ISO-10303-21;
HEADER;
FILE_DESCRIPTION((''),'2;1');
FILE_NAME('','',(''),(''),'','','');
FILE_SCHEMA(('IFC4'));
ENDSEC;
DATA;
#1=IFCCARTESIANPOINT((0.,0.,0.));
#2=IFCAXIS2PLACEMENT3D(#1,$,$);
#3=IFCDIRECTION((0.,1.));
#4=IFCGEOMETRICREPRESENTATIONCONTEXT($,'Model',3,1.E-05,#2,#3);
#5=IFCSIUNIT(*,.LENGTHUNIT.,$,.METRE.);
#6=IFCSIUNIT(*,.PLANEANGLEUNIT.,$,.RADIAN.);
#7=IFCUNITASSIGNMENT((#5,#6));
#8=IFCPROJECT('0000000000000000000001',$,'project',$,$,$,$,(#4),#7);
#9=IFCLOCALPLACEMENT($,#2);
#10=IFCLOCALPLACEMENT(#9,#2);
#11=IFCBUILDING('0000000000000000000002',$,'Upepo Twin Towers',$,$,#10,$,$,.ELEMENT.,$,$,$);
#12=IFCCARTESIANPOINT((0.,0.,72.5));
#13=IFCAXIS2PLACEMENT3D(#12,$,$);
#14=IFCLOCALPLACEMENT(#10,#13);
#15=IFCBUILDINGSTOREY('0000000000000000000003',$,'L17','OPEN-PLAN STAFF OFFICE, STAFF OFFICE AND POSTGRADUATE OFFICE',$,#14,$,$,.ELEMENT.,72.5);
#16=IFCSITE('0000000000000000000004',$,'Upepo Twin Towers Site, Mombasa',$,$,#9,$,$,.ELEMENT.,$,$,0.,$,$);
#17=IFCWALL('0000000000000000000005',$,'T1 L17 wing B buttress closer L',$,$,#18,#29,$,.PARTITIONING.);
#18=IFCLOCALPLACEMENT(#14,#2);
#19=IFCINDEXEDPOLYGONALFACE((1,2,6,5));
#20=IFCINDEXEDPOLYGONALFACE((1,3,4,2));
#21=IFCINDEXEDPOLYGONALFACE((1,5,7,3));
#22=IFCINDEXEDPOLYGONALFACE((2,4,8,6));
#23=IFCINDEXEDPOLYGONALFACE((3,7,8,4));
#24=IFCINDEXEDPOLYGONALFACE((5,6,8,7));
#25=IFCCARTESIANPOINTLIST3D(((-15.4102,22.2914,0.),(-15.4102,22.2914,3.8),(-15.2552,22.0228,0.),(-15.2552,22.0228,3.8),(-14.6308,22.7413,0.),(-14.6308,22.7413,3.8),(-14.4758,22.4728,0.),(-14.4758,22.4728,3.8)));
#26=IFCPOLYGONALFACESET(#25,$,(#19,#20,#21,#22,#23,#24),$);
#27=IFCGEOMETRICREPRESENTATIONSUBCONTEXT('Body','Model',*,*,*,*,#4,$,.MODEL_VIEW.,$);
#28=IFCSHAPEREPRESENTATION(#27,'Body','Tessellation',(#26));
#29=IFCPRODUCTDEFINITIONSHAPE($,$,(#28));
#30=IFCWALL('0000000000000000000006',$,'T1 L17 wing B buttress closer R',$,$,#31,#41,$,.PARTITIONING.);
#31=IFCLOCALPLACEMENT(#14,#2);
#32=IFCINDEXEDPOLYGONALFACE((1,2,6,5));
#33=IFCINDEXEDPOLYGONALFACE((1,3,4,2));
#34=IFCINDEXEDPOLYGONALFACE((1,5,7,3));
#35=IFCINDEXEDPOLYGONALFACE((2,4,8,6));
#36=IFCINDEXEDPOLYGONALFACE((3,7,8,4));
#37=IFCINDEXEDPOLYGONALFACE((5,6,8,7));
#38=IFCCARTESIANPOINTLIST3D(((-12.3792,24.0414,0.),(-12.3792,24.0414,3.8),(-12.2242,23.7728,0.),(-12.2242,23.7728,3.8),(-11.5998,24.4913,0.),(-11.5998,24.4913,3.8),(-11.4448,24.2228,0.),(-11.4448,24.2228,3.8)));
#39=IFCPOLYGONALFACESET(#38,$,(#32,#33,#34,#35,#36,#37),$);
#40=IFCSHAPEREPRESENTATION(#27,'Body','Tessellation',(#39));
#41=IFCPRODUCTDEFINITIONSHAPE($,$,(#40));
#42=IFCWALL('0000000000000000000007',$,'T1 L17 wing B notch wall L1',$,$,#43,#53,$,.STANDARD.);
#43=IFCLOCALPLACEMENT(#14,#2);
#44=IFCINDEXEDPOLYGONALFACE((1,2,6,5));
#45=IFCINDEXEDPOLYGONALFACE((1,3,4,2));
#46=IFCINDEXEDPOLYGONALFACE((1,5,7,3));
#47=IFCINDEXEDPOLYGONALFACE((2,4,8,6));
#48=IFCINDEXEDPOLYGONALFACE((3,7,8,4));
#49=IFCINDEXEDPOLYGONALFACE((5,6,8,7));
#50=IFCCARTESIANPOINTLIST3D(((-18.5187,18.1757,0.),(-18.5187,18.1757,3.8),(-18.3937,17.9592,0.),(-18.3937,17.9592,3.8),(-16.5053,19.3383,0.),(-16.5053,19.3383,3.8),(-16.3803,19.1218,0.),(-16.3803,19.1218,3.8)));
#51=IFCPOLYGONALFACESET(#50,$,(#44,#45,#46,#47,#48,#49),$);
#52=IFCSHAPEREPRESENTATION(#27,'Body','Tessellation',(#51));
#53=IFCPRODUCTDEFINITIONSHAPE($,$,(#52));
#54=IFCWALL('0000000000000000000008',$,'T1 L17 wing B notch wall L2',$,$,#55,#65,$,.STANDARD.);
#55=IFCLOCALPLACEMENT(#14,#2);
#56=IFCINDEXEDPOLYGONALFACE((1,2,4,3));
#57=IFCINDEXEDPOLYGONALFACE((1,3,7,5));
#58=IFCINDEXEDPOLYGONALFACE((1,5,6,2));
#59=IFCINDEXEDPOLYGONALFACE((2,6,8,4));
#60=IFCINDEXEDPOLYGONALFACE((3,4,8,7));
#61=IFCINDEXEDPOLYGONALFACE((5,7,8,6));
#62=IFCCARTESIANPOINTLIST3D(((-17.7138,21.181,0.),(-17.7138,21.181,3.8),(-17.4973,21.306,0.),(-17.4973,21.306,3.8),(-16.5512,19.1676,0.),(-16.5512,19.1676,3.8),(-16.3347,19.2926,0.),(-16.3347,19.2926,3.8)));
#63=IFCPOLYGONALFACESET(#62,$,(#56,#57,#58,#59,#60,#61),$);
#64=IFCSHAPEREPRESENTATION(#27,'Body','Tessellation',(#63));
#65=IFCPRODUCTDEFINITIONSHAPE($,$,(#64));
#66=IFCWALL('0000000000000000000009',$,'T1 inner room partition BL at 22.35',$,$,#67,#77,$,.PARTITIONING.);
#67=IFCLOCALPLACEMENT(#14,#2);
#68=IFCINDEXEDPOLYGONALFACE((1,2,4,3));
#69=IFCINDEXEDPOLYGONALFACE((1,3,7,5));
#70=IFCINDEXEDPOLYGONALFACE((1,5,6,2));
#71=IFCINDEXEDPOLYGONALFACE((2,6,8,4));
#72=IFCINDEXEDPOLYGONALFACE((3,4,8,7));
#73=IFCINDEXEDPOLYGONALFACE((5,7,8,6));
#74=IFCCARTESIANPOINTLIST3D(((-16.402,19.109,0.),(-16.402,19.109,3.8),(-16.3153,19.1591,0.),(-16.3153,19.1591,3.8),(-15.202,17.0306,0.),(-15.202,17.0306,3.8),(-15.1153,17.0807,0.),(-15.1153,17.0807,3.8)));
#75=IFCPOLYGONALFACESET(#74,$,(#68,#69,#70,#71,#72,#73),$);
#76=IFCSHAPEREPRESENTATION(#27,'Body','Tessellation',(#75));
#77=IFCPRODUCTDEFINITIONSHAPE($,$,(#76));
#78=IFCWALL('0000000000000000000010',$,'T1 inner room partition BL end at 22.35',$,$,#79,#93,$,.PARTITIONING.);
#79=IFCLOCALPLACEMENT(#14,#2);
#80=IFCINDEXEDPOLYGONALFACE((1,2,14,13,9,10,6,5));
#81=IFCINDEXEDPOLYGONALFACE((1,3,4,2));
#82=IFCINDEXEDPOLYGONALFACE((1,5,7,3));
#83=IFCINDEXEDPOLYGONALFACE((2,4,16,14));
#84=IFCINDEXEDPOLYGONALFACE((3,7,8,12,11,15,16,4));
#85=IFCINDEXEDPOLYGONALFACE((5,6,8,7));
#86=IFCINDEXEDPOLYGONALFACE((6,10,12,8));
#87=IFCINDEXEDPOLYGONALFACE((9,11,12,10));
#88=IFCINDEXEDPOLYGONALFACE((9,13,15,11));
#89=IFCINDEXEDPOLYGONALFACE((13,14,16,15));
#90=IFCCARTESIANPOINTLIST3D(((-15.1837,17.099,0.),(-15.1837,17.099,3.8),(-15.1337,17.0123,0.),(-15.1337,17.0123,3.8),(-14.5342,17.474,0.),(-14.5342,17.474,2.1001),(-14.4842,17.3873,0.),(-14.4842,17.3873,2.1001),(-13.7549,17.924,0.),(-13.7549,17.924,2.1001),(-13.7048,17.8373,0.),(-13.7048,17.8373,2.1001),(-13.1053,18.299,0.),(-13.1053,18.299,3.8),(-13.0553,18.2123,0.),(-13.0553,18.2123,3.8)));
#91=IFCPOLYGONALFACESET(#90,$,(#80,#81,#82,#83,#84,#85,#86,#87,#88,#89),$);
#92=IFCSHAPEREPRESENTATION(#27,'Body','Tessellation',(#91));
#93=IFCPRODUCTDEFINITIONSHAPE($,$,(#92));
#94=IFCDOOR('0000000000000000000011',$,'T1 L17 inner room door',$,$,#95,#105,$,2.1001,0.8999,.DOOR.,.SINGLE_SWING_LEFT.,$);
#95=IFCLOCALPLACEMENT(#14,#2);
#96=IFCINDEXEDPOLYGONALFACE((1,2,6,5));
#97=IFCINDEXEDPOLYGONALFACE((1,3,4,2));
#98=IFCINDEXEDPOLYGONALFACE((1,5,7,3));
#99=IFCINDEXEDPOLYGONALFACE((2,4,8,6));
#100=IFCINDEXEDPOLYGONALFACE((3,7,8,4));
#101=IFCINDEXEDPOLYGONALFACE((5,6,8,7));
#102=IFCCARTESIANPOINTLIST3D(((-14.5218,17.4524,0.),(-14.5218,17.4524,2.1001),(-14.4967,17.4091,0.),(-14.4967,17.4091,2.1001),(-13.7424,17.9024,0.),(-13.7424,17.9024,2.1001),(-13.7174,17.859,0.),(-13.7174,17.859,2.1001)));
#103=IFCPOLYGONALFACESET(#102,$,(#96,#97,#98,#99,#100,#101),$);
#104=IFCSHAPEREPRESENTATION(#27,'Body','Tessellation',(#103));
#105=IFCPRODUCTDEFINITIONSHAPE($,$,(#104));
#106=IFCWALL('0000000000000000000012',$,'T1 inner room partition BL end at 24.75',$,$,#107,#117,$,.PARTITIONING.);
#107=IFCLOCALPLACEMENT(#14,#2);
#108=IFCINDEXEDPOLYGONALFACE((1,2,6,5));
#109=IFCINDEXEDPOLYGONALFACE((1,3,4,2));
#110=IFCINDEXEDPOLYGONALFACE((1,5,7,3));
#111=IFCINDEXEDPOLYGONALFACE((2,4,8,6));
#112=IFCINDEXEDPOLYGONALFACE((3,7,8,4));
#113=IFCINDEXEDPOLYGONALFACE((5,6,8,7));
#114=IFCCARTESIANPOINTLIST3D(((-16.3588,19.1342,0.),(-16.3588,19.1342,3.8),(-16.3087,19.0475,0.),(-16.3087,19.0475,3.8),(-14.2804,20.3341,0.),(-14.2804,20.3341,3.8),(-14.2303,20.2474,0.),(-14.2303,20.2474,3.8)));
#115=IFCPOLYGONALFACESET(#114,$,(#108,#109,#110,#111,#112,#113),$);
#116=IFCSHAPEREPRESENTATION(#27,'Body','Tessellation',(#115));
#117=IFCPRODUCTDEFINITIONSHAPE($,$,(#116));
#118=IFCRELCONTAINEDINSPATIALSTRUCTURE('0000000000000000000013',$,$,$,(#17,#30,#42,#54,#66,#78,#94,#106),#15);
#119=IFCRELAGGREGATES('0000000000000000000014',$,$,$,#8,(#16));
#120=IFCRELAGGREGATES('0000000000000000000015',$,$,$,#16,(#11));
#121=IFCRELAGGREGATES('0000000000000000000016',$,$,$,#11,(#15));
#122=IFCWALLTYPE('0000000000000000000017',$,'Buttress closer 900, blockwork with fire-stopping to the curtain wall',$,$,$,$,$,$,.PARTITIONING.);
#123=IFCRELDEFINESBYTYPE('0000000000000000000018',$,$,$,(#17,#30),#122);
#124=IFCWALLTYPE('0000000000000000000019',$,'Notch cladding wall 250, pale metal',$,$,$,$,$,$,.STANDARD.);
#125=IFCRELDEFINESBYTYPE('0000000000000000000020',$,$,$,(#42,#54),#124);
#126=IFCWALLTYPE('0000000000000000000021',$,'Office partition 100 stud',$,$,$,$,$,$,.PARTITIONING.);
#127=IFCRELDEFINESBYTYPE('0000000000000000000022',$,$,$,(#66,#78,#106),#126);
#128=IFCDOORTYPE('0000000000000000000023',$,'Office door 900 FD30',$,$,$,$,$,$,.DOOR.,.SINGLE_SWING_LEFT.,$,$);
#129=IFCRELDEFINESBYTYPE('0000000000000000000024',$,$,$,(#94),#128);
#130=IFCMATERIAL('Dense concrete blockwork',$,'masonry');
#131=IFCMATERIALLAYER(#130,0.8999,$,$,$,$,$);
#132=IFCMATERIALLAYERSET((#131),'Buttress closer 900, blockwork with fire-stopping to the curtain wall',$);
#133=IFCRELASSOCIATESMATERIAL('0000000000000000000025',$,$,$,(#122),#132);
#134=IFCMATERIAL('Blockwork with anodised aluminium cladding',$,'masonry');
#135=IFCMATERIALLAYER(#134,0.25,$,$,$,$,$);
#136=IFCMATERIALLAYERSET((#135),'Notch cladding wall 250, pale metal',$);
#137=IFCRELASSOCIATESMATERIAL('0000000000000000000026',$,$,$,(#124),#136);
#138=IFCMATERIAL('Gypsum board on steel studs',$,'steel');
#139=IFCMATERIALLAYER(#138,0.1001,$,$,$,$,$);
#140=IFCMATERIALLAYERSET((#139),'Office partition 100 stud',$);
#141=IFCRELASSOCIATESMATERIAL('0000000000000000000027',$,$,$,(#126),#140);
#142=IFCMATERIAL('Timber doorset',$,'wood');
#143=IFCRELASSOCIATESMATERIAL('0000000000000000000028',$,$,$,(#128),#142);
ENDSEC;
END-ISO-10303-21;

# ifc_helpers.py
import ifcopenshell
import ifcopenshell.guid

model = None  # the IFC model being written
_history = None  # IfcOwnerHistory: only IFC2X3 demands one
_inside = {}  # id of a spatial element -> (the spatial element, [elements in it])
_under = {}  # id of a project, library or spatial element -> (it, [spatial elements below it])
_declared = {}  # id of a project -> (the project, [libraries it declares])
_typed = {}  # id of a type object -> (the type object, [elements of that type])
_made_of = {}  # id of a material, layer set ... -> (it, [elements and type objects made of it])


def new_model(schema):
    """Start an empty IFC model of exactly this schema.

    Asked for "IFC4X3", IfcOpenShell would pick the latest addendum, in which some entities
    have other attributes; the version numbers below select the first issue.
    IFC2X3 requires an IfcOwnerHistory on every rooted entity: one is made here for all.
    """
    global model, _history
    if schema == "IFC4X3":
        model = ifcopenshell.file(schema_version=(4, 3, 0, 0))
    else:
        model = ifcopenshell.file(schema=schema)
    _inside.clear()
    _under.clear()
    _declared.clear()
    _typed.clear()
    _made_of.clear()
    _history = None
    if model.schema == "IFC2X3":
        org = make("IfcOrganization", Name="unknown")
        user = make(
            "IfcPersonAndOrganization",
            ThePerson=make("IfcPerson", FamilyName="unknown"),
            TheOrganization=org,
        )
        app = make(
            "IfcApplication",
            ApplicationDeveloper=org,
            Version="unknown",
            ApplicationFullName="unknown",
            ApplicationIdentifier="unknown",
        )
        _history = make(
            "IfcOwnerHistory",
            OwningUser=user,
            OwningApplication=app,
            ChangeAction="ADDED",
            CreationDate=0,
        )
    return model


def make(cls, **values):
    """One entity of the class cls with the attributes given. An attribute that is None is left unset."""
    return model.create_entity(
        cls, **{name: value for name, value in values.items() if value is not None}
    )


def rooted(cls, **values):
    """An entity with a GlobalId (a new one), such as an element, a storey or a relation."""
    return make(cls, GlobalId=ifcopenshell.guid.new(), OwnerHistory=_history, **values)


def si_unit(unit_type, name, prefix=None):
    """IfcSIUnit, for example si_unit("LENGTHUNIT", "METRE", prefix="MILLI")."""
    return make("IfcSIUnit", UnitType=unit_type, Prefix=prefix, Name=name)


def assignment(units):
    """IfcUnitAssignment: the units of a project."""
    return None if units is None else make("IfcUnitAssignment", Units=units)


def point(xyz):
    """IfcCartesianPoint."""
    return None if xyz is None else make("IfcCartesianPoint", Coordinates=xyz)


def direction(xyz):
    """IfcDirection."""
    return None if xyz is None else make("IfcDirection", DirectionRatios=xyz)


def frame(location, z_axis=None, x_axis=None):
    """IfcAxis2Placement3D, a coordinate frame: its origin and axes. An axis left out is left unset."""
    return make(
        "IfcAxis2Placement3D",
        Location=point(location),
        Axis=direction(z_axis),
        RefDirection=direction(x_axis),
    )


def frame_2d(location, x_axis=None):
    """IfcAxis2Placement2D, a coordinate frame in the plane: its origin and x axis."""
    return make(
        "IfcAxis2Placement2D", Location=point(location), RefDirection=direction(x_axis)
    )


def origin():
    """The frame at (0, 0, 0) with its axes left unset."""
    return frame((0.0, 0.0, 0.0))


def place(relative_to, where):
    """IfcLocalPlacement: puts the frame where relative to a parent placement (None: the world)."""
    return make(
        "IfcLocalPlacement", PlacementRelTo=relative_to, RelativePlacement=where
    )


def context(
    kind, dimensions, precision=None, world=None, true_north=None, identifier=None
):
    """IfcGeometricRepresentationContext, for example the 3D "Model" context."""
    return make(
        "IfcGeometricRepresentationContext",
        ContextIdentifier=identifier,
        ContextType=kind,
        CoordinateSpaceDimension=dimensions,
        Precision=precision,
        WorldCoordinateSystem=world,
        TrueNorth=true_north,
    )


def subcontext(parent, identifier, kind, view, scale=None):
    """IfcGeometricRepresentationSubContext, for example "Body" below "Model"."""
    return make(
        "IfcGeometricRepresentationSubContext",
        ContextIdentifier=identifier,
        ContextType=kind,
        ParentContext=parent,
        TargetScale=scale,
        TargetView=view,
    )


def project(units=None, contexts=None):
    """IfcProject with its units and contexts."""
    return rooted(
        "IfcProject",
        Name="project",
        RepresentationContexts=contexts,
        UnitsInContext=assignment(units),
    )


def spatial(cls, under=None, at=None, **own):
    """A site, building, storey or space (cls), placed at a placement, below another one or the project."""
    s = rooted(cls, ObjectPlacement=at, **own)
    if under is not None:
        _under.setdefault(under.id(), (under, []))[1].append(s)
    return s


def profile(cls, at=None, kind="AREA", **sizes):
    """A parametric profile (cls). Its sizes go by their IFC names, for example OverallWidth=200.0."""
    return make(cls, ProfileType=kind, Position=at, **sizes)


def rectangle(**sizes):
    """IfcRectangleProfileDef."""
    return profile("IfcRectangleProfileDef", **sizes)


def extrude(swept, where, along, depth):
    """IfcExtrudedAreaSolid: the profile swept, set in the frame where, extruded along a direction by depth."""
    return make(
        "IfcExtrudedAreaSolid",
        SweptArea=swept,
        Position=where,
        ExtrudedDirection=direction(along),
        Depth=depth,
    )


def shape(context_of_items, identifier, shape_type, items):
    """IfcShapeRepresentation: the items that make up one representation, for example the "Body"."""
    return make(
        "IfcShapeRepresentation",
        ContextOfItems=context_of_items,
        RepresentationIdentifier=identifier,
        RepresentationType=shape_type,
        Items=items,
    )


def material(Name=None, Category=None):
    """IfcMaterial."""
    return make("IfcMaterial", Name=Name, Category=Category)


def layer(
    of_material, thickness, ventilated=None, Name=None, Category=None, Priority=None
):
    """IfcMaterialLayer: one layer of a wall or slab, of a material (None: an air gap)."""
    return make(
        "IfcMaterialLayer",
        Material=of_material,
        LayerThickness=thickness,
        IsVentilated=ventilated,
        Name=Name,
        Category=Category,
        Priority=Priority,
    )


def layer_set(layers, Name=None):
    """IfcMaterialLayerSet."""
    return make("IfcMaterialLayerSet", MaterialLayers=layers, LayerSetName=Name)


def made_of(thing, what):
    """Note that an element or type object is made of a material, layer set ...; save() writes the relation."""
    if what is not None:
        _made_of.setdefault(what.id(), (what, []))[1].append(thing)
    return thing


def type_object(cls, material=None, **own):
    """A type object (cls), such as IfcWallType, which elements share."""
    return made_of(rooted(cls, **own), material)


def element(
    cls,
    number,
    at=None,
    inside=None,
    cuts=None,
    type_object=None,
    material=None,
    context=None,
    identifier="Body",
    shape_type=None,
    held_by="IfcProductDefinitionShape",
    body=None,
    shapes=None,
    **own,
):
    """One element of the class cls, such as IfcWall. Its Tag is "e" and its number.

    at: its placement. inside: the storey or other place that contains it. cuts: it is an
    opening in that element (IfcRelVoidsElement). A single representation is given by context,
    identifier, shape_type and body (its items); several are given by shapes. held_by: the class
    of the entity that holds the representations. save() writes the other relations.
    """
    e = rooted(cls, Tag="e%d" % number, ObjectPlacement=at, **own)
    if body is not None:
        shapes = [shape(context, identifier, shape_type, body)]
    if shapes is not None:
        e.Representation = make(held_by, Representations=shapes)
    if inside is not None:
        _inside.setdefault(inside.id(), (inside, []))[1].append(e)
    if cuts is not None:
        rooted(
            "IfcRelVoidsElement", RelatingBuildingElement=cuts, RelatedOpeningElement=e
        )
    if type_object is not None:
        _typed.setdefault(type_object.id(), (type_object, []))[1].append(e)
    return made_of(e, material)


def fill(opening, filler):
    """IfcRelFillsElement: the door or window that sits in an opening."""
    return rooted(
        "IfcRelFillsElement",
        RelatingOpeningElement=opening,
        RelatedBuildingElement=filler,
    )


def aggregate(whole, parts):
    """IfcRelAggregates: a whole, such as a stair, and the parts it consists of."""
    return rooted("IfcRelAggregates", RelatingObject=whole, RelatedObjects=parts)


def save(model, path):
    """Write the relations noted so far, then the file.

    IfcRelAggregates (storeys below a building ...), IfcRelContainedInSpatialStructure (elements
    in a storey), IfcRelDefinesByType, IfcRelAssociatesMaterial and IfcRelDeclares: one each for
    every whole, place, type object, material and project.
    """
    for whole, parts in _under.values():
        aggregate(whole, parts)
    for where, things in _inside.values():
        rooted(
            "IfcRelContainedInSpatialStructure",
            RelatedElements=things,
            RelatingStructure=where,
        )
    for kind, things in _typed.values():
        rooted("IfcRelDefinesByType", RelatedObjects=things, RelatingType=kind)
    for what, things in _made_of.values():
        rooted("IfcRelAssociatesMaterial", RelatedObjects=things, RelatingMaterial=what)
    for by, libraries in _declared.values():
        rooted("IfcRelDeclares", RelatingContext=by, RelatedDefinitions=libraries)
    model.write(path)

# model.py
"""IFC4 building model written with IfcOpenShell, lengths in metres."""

from ifc_helpers import new_model, si_unit, direction, frame, frame_2d, origin, place, context, subcontext, project, spatial, rectangle, extrude, material, layer, layer_set, type_object, element, fill, save


model = new_model("IFC4")

# Units and contexts
model_context = context("Model", 3, precision=1e-05, world=origin(), true_north=direction((0.0, 1.0)))
body_context = subcontext(model_context, "Body", "Model", "MODEL_VIEW")
ifc_project = project(units=[si_unit("LENGTHUNIT", "METRE"), si_unit("PLANEANGLEUNIT", "RADIAN")], contexts=[model_context])

# Site, building, storey
site_placement = place(None, origin())
site = spatial("IfcSite", under=ifc_project, at=site_placement, Name="Upepo Twin Towers Site, Mombasa", CompositionType="ELEMENT", RefElevation=0.0)
building_placement = place(site_placement, origin())
building = spatial("IfcBuilding", under=site, at=building_placement, Name="Upepo Twin Towers", CompositionType="ELEMENT")
storey_placement = place(building_placement, frame((0.0, 0.0, 72.5)))
storey = spatial("IfcBuildingStorey", under=building, at=storey_placement, Name="L17", Description="OPEN-PLAN STAFF OFFICE, STAFF OFFICE AND POSTGRADUATE OFFICE", CompositionType="ELEMENT", Elevation=72.5)

# Walls
ifc_material_1 = material(Name="Dense concrete blockwork", Category="masonry")
ifc_layer_1 = layer(ifc_material_1, 0.8999)
ifc_layer_set_1 = layer_set([ifc_layer_1], Name="Buttress closer 900, blockwork with fire-stopping to the curtain wall")
wall_type_1 = type_object("IfcWallType", Name="Buttress closer 900, blockwork with fire-stopping to the curtain wall", PredefinedType="PARTITIONING", material=ifc_layer_set_1)
for number, where, z_axis, x_axis, name in (
    (1, (-14.8655, 22.2478, 0.0), (0.0, 0.0, 1.0), (-0.49995, 0.866054, 0.0), "T1 L17 wing B buttress closer L"),
    (2, (-11.8345, 23.9978, 0.0), (0.0, 0.0, 1.0), (-0.49995, 0.866054, 0.0), "T1 L17 wing B buttress closer R"),
):
    element("IfcWall", number, at=place(storey_placement, frame(where, z_axis=z_axis, x_axis=x_axis)), inside=storey, type_object=wall_type_1, Name=name, PredefinedType="PARTITIONING", context=body_context, shape_type="SweptSolid", body=[
        extrude(rectangle(XDim=0.3101, YDim=0.8999, at=frame_2d((0.155, 0.0))), origin(), (0.0, 0.0, 1.0), 3.8),
    ])
ifc_material_2 = material(Name="Blockwork with anodised aluminium cladding", Category="masonry")
ifc_layer_2 = layer(ifc_material_2, 0.25)
ifc_layer_set_2 = layer_set([ifc_layer_2], Name="Notch cladding wall 250, pale metal")
wall_type_2 = type_object("IfcWallType", Name="Notch cladding wall 250, pale metal", PredefinedType="STANDARD", material=ifc_layer_set_2)
for number, where, z_axis, x_axis, name in (
    (3, (-18.4563, 18.0674, 0.0), (0.0, 0.0, 1.0), (0.865998, 0.500047, 0.0), "T1 L17 wing B notch wall L1"),
    (4, (-16.4429, 19.23, 0.0), (0.0, 0.0, 1.0), (-0.500047, 0.865998, 0.0), "T1 L17 wing B notch wall L2"),
):
    element("IfcWall", number, at=place(storey_placement, frame(where, z_axis=z_axis, x_axis=x_axis)), inside=storey, type_object=wall_type_2, Name=name, PredefinedType="STANDARD", context=body_context, shape_type="SweptSolid", body=[
        extrude(rectangle(XDim=2.325, YDim=0.25, at=frame_2d((1.1626, 0.0))), origin(), (0.0, 0.0, 1.0), 3.8),
    ])
ifc_material_3 = material(Name="Gypsum board on steel studs", Category="steel")
ifc_layer_3 = layer(ifc_material_3, 0.1001)
ifc_layer_set_3 = layer_set([ifc_layer_3], Name="Office partition 100 stud")
wall_type_3 = type_object("IfcWallType", Name="Office partition 100 stud", PredefinedType="PARTITIONING", material=ifc_layer_set_3)
wall_1_placement = place(storey_placement, frame((-15.1587, 17.0557, 0.0), z_axis=(0.0, 0.0, 1.0), x_axis=(-0.500001, 0.866025, 0.0)))
element("IfcWall", 5, at=wall_1_placement, inside=storey, type_object=wall_type_3, Name="T1 inner room partition BL at 22.35", PredefinedType="PARTITIONING", context=body_context, shape_type="SweptSolid", body=[
    extrude(rectangle(XDim=2.3999, YDim=0.1001, at=frame_2d((1.2, 0.0))), origin(), (0.0, 0.0, 1.0), 3.8),
])

# Wall, opening, door
wall_2_placement = place(storey_placement, frame((-13.0803, 18.2556, 0.0), z_axis=(0.0, 0.0, 1.0), x_axis=(-0.866025, -0.500001, 0.0)))
wall_2 = element("IfcWall", 6, at=wall_2_placement, inside=storey, type_object=wall_type_3, Name="T1 inner room partition BL end at 22.35", PredefinedType="PARTITIONING", context=body_context, shape_type="SweptSolid", body=[
    extrude(rectangle(XDim=2.3999, YDim=0.1001, at=frame_2d((1.2, 0.0))), origin(), (0.0, 0.0, 1.0), 3.8),
])
opening_placement = place(wall_2_placement, frame((0.75, 0.0, 0.0)))
opening = element("IfcOpeningElement", 7, at=opening_placement, cuts=wall_2, PredefinedType="OPENING", context=body_context, shape_type="SweptSolid", body=[
    extrude(rectangle(XDim=0.8999, YDim=2.1001, at=frame_2d((0.45, 1.05))), frame((0.0, 0.0601, 0.0), z_axis=(0.0, -1.0, 0.0), x_axis=(1.0, 0.0, 0.0)), (0.0, 0.0, 1.0), 0.1201),
])
ifc_material_4 = material(Name="Timber doorset", Category="wood")
door_type = type_object("IfcDoorType", Name="Office door 900 FD30", OperationType="SINGLE_SWING_LEFT", PredefinedType="DOOR", material=ifc_material_4)
door_placement = place(opening_placement, origin())
door = element("IfcDoor", 8, at=door_placement, inside=storey, type_object=door_type, Name="T1 L17 inner room door", OperationType="SINGLE_SWING_LEFT", OverallHeight=2.1001, OverallWidth=0.8999, PredefinedType="DOOR", context=body_context, shape_type="SweptSolid", body=[
    extrude(rectangle(XDim=0.8999, YDim=2.1001, at=frame_2d((0.45, 1.05))), frame((0.0, 0.0249, 0.0), z_axis=(0.0, -1.0, 0.0), x_axis=(1.0, 0.0, 0.0)), (0.0, 0.0, 1.0), 0.05),
])
fill(opening, door)

# Wall
wall_3_placement = place(storey_placement, frame((-14.2554, 20.2908, 0.0), z_axis=(0.0, 0.0, 1.0), x_axis=(-0.866025, -0.500001, 0.0)))
element("IfcWall", 9, at=wall_3_placement, inside=storey, type_object=wall_type_3, Name="T1 inner room partition BL end at 24.75", PredefinedType="PARTITIONING", context=body_context, shape_type="SweptSolid", body=[
    extrude(rectangle(XDim=2.3999, YDim=0.1001, at=frame_2d((1.2, 0.0))), origin(), (0.0, 0.0, 1.0), 3.8),
])

save(model, "model.ifc")
